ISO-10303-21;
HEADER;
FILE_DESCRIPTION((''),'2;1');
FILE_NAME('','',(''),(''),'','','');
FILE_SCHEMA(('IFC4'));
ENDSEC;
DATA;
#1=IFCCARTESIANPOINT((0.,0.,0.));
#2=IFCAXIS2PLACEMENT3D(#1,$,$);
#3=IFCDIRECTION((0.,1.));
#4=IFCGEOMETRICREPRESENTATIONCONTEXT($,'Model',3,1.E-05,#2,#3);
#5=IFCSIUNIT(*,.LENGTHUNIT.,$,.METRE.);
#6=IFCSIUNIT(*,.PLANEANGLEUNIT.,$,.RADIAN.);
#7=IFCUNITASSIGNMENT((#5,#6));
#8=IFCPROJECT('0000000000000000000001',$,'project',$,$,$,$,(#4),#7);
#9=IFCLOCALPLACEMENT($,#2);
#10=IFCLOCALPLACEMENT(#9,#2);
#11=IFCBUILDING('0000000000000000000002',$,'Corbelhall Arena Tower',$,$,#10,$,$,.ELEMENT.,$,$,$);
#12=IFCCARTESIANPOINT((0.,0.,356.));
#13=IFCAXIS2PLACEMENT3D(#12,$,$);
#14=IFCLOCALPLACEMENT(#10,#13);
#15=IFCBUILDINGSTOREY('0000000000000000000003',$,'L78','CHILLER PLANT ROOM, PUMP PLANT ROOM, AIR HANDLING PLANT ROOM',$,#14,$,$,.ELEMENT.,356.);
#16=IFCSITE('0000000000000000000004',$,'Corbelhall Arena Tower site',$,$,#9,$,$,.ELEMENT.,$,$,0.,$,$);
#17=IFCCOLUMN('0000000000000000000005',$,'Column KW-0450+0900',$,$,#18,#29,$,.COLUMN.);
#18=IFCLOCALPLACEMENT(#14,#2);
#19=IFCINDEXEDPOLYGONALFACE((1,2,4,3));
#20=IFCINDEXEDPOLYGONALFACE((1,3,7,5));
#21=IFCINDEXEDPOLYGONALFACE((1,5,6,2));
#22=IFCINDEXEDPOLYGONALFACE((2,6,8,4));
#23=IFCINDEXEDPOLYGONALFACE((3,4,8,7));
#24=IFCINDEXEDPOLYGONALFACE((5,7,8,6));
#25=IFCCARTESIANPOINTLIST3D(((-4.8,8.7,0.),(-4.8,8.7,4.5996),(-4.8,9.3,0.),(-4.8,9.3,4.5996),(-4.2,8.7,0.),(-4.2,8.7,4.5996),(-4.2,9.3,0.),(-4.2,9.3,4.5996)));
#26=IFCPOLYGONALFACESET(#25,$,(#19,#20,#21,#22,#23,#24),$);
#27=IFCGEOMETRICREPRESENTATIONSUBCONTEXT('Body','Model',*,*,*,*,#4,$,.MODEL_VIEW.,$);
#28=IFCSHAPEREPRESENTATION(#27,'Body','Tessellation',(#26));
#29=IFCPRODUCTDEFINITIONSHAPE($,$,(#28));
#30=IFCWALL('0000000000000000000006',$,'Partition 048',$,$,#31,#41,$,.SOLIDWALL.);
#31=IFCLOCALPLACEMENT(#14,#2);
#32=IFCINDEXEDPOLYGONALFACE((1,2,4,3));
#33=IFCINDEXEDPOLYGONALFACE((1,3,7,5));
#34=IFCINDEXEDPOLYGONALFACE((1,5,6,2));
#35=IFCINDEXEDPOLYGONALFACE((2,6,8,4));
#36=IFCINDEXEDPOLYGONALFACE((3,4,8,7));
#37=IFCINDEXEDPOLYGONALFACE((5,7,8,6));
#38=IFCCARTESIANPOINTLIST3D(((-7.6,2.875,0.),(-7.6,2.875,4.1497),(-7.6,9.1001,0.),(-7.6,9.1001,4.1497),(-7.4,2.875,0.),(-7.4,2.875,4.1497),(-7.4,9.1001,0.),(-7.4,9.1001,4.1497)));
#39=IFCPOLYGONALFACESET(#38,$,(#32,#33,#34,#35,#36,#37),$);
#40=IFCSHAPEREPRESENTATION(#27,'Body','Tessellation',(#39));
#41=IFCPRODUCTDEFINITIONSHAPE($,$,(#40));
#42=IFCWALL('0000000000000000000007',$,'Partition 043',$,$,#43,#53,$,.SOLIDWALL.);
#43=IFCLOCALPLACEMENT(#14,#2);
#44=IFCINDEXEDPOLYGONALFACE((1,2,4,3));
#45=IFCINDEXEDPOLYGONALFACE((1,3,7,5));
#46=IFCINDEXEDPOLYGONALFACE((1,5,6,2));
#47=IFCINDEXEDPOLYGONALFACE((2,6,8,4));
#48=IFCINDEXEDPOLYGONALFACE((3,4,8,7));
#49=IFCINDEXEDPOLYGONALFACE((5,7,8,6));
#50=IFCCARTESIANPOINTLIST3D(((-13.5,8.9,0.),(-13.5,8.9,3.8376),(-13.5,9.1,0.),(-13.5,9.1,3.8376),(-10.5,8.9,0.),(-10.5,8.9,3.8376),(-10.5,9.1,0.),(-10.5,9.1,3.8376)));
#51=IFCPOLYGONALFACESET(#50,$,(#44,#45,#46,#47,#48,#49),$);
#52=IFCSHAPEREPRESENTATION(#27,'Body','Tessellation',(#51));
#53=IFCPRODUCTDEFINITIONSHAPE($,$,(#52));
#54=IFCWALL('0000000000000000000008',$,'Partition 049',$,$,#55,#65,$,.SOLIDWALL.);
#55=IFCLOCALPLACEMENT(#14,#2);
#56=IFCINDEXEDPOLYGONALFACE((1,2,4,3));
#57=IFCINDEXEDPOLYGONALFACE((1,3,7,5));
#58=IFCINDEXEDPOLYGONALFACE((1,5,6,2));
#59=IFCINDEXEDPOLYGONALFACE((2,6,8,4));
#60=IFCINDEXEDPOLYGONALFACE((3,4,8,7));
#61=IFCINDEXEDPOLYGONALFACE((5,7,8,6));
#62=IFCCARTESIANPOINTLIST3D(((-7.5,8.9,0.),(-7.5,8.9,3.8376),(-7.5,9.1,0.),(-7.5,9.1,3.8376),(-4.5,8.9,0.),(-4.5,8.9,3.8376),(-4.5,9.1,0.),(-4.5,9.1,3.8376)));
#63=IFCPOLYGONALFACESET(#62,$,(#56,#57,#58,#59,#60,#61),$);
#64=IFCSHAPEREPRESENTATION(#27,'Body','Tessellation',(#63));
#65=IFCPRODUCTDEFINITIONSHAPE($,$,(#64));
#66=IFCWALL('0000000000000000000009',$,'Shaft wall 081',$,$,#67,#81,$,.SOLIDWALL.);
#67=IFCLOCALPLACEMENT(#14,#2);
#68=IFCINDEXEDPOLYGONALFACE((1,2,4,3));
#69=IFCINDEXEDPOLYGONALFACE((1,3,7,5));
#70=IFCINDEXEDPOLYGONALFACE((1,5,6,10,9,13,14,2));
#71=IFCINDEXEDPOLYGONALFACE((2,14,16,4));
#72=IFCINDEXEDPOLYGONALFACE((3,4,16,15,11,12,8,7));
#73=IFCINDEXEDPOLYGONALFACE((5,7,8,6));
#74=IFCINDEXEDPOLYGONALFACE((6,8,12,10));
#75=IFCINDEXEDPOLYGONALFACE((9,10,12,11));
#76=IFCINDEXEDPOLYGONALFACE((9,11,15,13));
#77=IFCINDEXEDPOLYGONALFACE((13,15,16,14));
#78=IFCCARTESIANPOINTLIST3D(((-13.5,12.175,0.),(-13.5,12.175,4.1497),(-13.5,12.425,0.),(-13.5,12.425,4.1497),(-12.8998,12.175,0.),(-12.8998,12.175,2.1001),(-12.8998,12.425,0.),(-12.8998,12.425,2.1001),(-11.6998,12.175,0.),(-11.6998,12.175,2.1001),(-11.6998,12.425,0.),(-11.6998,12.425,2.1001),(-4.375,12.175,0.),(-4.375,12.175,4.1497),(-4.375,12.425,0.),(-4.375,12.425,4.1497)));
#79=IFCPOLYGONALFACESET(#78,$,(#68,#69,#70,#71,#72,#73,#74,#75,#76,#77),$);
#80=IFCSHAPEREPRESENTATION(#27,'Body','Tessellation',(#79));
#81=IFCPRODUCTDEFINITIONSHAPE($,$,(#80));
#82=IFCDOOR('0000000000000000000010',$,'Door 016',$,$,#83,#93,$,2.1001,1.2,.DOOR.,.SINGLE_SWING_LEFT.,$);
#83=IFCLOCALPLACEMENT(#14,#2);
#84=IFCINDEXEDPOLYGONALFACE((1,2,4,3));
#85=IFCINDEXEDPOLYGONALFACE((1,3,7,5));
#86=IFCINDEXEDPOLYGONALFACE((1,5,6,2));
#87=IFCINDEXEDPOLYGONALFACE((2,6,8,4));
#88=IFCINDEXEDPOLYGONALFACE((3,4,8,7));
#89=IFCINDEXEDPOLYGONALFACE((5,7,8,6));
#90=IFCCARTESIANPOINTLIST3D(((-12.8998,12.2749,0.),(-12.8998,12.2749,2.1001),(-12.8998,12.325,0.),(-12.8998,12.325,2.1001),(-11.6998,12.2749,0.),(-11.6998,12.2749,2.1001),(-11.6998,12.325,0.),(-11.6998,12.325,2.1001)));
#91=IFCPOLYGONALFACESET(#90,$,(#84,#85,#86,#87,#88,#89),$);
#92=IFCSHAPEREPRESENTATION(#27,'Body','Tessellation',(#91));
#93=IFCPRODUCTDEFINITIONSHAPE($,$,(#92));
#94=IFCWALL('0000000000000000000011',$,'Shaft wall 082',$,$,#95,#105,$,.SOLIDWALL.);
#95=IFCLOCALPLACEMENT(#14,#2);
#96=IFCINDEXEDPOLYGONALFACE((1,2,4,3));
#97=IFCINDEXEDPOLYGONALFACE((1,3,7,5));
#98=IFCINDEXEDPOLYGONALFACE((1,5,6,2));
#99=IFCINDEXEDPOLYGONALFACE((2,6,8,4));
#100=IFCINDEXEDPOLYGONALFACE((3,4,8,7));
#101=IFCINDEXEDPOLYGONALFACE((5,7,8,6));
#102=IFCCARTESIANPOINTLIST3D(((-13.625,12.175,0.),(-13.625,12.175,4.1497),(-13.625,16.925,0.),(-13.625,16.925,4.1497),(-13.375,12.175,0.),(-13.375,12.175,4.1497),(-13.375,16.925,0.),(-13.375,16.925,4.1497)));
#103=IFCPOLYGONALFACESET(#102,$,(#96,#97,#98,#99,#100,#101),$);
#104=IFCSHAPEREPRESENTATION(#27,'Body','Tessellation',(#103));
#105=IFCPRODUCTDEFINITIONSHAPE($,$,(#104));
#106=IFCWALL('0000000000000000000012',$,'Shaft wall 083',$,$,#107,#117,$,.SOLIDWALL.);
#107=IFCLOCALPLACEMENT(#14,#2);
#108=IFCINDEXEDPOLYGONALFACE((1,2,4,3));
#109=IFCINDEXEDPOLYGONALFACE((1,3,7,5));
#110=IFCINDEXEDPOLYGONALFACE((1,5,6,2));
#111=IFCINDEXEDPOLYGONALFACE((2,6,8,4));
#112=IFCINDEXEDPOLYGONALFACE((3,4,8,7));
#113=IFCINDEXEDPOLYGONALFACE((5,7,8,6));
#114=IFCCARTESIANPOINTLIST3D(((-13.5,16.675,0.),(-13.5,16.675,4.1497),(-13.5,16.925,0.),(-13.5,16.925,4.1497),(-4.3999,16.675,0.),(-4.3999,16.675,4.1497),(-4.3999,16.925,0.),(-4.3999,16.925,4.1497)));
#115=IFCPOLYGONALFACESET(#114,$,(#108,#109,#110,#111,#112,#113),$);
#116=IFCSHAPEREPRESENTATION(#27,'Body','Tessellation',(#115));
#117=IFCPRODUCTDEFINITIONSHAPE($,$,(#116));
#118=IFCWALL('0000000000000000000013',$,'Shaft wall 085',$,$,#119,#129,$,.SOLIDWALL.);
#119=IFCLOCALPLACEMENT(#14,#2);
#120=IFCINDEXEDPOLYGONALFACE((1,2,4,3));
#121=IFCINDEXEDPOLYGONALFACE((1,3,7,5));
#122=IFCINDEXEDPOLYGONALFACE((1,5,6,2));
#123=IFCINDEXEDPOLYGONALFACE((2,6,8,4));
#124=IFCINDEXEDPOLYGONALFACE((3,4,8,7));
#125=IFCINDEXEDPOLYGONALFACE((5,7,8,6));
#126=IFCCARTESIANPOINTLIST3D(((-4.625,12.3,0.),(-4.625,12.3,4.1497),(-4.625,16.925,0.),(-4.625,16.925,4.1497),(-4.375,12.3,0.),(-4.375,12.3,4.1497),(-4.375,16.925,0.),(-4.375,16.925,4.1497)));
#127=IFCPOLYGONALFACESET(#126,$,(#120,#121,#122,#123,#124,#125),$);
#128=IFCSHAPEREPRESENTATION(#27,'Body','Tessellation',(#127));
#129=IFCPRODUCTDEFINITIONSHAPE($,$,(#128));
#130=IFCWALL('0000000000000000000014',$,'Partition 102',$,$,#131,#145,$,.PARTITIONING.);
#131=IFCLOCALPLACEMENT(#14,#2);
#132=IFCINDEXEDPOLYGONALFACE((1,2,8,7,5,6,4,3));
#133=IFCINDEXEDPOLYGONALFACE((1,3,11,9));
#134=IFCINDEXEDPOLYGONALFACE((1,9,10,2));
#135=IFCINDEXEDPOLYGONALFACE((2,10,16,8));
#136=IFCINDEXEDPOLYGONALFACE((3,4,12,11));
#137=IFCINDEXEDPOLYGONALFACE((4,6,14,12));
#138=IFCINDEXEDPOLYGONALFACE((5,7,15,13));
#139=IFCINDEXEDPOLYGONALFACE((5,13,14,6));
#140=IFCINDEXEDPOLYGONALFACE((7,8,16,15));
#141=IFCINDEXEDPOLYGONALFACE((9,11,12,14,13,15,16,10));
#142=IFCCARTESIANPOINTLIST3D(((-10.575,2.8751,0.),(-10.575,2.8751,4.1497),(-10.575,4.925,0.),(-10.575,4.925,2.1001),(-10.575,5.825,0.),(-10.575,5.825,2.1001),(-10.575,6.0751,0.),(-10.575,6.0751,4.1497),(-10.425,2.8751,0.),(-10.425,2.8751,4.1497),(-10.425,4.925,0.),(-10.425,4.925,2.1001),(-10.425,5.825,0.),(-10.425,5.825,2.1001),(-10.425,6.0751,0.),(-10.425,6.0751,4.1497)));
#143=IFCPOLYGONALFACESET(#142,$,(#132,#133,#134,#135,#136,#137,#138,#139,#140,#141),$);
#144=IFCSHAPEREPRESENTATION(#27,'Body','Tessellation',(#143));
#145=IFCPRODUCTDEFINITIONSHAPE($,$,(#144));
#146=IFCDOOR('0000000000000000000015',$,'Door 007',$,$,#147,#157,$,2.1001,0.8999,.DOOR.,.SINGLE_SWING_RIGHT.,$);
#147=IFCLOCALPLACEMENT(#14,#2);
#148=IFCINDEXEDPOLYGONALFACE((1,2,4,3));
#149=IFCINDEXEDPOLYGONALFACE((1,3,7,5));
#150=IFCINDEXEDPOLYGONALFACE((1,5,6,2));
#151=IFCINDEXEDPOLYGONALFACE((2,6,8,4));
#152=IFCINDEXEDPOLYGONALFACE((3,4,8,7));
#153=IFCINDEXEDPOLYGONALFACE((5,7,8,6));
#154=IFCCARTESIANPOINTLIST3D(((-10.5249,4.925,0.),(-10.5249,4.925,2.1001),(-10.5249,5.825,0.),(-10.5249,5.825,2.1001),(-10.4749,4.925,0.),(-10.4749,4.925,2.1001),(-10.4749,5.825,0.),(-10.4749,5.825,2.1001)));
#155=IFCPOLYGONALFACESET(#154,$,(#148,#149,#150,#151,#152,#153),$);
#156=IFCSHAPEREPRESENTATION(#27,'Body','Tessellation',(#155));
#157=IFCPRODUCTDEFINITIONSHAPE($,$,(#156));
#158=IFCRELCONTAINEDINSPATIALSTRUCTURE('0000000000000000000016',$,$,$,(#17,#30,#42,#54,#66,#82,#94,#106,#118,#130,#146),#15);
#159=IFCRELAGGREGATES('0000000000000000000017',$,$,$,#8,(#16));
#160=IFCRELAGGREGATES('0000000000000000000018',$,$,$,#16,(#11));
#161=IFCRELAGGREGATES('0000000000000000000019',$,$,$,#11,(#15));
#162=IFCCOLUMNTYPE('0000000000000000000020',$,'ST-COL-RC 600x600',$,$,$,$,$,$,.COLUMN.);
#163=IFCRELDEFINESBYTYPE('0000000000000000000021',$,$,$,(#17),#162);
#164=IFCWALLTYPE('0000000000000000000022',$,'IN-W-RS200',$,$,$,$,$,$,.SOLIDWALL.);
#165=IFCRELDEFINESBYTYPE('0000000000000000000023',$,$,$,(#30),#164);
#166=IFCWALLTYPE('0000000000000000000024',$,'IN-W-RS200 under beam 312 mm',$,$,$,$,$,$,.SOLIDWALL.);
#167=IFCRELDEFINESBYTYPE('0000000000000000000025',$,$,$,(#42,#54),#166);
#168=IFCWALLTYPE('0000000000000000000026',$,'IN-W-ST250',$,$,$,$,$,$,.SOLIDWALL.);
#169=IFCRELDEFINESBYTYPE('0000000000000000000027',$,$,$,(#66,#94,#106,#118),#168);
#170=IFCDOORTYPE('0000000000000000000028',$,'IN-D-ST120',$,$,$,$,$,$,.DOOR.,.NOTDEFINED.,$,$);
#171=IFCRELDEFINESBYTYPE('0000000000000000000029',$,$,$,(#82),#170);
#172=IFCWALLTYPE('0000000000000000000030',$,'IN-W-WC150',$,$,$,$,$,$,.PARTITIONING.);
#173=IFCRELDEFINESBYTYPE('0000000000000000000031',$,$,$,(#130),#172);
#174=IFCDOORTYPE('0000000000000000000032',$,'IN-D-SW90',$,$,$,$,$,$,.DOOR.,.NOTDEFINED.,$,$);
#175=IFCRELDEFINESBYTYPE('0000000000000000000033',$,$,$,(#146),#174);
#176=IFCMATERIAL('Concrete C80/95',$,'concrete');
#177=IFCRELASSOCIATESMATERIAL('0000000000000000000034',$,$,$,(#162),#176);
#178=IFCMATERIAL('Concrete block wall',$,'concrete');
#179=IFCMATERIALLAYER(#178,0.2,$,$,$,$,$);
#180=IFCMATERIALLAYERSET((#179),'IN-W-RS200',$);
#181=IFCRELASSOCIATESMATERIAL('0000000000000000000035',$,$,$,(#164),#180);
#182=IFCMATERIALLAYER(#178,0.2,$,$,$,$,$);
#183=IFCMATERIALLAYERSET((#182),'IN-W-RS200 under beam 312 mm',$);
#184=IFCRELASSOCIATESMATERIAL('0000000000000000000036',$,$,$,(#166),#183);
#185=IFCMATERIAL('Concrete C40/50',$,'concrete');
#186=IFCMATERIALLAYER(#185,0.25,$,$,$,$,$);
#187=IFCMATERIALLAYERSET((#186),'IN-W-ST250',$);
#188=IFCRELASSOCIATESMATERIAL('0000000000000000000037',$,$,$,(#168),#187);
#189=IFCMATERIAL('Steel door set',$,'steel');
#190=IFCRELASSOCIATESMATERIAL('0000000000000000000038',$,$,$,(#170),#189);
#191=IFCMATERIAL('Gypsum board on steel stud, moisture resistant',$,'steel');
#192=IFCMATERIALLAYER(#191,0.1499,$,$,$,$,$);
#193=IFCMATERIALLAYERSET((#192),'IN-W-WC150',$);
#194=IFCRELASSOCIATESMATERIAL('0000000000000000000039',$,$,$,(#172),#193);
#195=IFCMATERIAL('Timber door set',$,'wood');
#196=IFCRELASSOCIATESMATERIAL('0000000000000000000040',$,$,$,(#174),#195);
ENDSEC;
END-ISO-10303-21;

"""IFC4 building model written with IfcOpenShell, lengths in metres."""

from ifc_helpers import new_model, si_unit, direction, frame, frame_2d, origin, origin_2d, place, context, subcontext, project, spatial, rectangle, extrude, material, layer, layer_set, material_profile, profile_set, type_object, element, fill, save


model = new_model("IFC4")

# Units and contexts
model_context = context("Model", 3, precision=1e-05, world=origin(), true_north=direction((0.0, 1.0)))
body_context = subcontext(model_context, "Body", "Model", "MODEL_VIEW")
ifc_project = project(units=[si_unit("LENGTHUNIT", "METRE"), si_unit("PLANEANGLEUNIT", "RADIAN")], contexts=[model_context])

# Site, building, storey
site_placement = place(None, origin())
site = spatial("IfcSite", under=ifc_project, at=site_placement, Name="Corbelhall Arena Tower site", CompositionType="ELEMENT", RefElevation=0.0)
building_placement = place(site_placement, origin())
building = spatial("IfcBuilding", under=site, at=building_placement, Name="Corbelhall Arena Tower", CompositionType="ELEMENT")
storey_placement = place(building_placement, frame((0.0, 0.0, 356.0)))
storey = spatial("IfcBuildingStorey", under=building, at=storey_placement, Name="L78", Description="CHILLER PLANT ROOM, PUMP PLANT ROOM, AIR HANDLING PLANT ROOM", CompositionType="ELEMENT", Elevation=356.0)

# Column
ifc_material_1 = material(Name="Concrete C80/95", Category="concrete")
ifc_material_profile = material_profile(ifc_material_1, rectangle(XDim=0.6001, YDim=0.6001, at=origin_2d()))
ifc_profile_set = profile_set([ifc_material_profile], Name="Concrete C80/95")
column_type = type_object("IfcColumnType", Name="ST-COL-RC 600x600", PredefinedType="COLUMN", material=ifc_profile_set)
column_placement = place(storey_placement, frame((-4.5, 9.0, 0.0), z_axis=(0.0, 0.0, 1.0), x_axis=(1.0, 0.0, 0.0)))
element("IfcColumn", 1, at=column_placement, inside=storey, type_object=column_type, Name="Column KW-0450+0900", PredefinedType="COLUMN", context=body_context, shape_type="SweptSolid", body=[
    extrude(rectangle(XDim=0.6001, YDim=0.6001, at=origin_2d()), origin(), (0.0, 0.0, 1.0), 4.5996),
])

# Shared definitions
ifc_material_2 = material(Name="Steel door set", Category="steel")
ifc_material_3 = material(Name="Concrete block wall", Category="concrete")
ifc_layer_1 = layer(ifc_material_3, 0.2)
ifc_layer_set_1 = layer_set([ifc_layer_1], Name="IN-W-RS200")
wall_type_1 = type_object("IfcWallType", Name="IN-W-RS200", PredefinedType="SOLIDWALL", material=ifc_layer_set_1)

# Walls
wall_1_placement = place(storey_placement, frame((-7.5, 2.875, 0.0), z_axis=(0.0, 0.0, 1.0), x_axis=(0.0, 1.0, 0.0)))
element("IfcWall", 2, at=wall_1_placement, inside=storey, type_object=wall_type_1, Name="Partition 048", PredefinedType="SOLIDWALL", context=body_context, shape_type="SweptSolid", body=[
    extrude(rectangle(XDim=6.2251, YDim=0.2, at=frame_2d((3.1125, 0.0))), origin(), (0.0, 0.0, 1.0), 4.1497),
])
ifc_layer_2 = layer(ifc_material_3, 0.2)
ifc_layer_set_2 = layer_set([ifc_layer_2], Name="IN-W-RS200 under beam 312 mm")
wall_type_2 = type_object("IfcWallType", Name="IN-W-RS200 under beam 312 mm", PredefinedType="SOLIDWALL", material=ifc_layer_set_2)
for number, where, z_axis, x_axis, name in (
    (3, (-13.5, 9.0, 0.0), (0.0, 0.0, 1.0), (1.0, 0.0, 0.0), "Partition 043"),
    (4, (-7.5, 9.0, 0.0), (0.0, 0.0, 1.0), (1.0, 0.0, 0.0), "Partition 049"),
):
    element("IfcWall", number, at=place(storey_placement, frame(where, z_axis=z_axis, x_axis=x_axis)), inside=storey, type_object=wall_type_2, Name=name, PredefinedType="SOLIDWALL", context=body_context, shape_type="SweptSolid", body=[
        extrude(rectangle(XDim=3.0, YDim=0.2, at=frame_2d((1.5, 0.0))), origin(), (0.0, 0.0, 1.0), 3.8376),
    ])

# Wall, opening, door
ifc_material_4 = material(Name="Concrete C40/50", Category="concrete")
ifc_layer_3 = layer(ifc_material_4, 0.25)
ifc_layer_set_3 = layer_set([ifc_layer_3], Name="IN-W-ST250")
wall_type_3 = type_object("IfcWallType", Name="IN-W-ST250", PredefinedType="SOLIDWALL", material=ifc_layer_set_3)
wall_2_placement = place(storey_placement, frame((-13.5, 12.3, 0.0), z_axis=(0.0, 0.0, 1.0), x_axis=(1.0, 0.0, 0.0)))
wall_2 = element("IfcWall", 5, at=wall_2_placement, inside=storey, type_object=wall_type_3, Name="Shaft wall 081", PredefinedType="SOLIDWALL", context=body_context, shape_type="SweptSolid", body=[
    extrude(rectangle(XDim=9.125, YDim=0.25, at=frame_2d((4.5625, 0.0))), origin(), (0.0, 0.0, 1.0), 4.1497),
])
opening_1_placement = place(wall_2_placement, frame((0.6001, 0.0, 0.0)))
opening_1 = element("IfcOpeningElement", 6, at=opening_1_placement, cuts=wall_2, PredefinedType="OPENING", context=body_context, shape_type="SweptSolid", body=[
    extrude(rectangle(XDim=1.2, YDim=2.1001, at=frame_2d((0.6001, 1.05))), frame((0.0, 0.125, 0.0), z_axis=(0.0, -1.0, 0.0), x_axis=(1.0, 0.0, 0.0)), (0.0, 0.0, 1.0), 0.25),
])
door_type_1 = type_object("IfcDoorType", Name="IN-D-ST120", OperationType="NOTDEFINED", PredefinedType="DOOR", material=ifc_material_2)
door_1_placement = place(opening_1_placement, origin())
door_1 = element("IfcDoor", 7, at=door_1_placement, inside=storey, type_object=door_type_1, Name="Door 016", OperationType="SINGLE_SWING_LEFT", OverallHeight=2.1001, OverallWidth=1.2, PredefinedType="DOOR", context=body_context, shape_type="SweptSolid", body=[
    extrude(rectangle(XDim=1.2, YDim=2.1001, at=frame_2d((0.6001, 1.05))), frame((0.0, 0.0249, 0.0), z_axis=(0.0, -1.0, 0.0), x_axis=(1.0, 0.0, 0.0)), (0.0, 0.0, 1.0), 0.05),
])
fill(opening_1, door_1)

# Walls
wall_3_placement = place(storey_placement, frame((-13.5, 12.175, 0.0), z_axis=(0.0, 0.0, 1.0), x_axis=(0.0, 1.0, 0.0)))
element("IfcWall", 8, at=wall_3_placement, inside=storey, type_object=wall_type_3, Name="Shaft wall 082", PredefinedType="SOLIDWALL", context=body_context, shape_type="SweptSolid", body=[
    extrude(rectangle(XDim=4.75, YDim=0.25, at=frame_2d((2.375, 0.0))), origin(), (0.0, 0.0, 1.0), 4.1497),
])
wall_4_placement = place(storey_placement, frame((-13.5, 16.8, 0.0), z_axis=(0.0, 0.0, 1.0), x_axis=(1.0, 0.0, 0.0)))
element("IfcWall", 9, at=wall_4_placement, inside=storey, type_object=wall_type_3, Name="Shaft wall 083", PredefinedType="SOLIDWALL", context=body_context, shape_type="SweptSolid", body=[
    extrude(rectangle(XDim=9.1001, YDim=0.25, at=frame_2d((4.55, 0.0))), origin(), (0.0, 0.0, 1.0), 4.1497),
])
wall_5_placement = place(storey_placement, frame((-4.5, 16.925, 0.0), z_axis=(0.0, 0.0, 1.0), x_axis=(0.0, -1.0, 0.0)))
element("IfcWall", 10, at=wall_5_placement, inside=storey, type_object=wall_type_3, Name="Shaft wall 085", PredefinedType="SOLIDWALL", context=body_context, shape_type="SweptSolid", body=[
    extrude(rectangle(XDim=4.625, YDim=0.25, at=frame_2d((2.3125, 0.0))), origin(), (0.0, 0.0, 1.0), 4.1497),
])

# Wall, opening, door
ifc_material_5 = material(Name="Gypsum board on steel stud, moisture resistant", Category="steel")
ifc_layer_4 = layer(ifc_material_5, 0.1499)
ifc_layer_set_4 = layer_set([ifc_layer_4], Name="IN-W-WC150")
wall_type_4 = type_object("IfcWallType", Name="IN-W-WC150", PredefinedType="PARTITIONING", material=ifc_layer_set_4)
wall_6_placement = place(storey_placement, frame((-10.5, 2.875, 0.0), z_axis=(0.0, 0.0, 1.0), x_axis=(0.0, 1.0, 0.0)))
wall_6 = element("IfcWall", 11, at=wall_6_placement, inside=storey, type_object=wall_type_4, Name="Partition 102", PredefinedType="PARTITIONING", context=body_context, shape_type="SweptSolid", body=[
    extrude(rectangle(XDim=3.2, YDim=0.1499, at=frame_2d((1.6001, 0.0))), origin(), (0.0, 0.0, 1.0), 4.1497),
])
opening_2_placement = place(wall_6_placement, frame((2.05, 0.0, 0.0)))
opening_2 = element("IfcOpeningElement", 12, at=opening_2_placement, cuts=wall_6, PredefinedType="OPENING", context=body_context, shape_type="SweptSolid", body=[
    extrude(rectangle(XDim=0.8999, YDim=2.1001, at=frame_2d((0.45, 1.05))), frame((0.0, 0.075, 0.0), z_axis=(0.0, -1.0, 0.0), x_axis=(1.0, 0.0, 0.0)), (0.0, 0.0, 1.0), 0.1499),
])
ifc_material_6 = material(Name="Timber door set", Category="wood")
door_type_2 = type_object("IfcDoorType", Name="IN-D-SW90", OperationType="NOTDEFINED", PredefinedType="DOOR", material=ifc_material_6)
door_2_placement = place(opening_2_placement, origin())
door_2 = element("IfcDoor", 13, at=door_2_placement, inside=storey, type_object=door_type_2, Name="Door 007", OperationType="SINGLE_SWING_RIGHT", OverallHeight=2.1001, OverallWidth=0.8999, PredefinedType="DOOR", context=body_context, shape_type="SweptSolid", body=[
    extrude(rectangle(XDim=0.8999, YDim=2.1001, at=frame_2d((0.45, 1.05))), frame((0.0, 0.0249, 0.0), z_axis=(0.0, -1.0, 0.0), x_axis=(1.0, 0.0, 0.0)), (0.0, 0.0, 1.0), 0.05),
])
fill(opening_2, door_2)

save(model, "model.ifc")
